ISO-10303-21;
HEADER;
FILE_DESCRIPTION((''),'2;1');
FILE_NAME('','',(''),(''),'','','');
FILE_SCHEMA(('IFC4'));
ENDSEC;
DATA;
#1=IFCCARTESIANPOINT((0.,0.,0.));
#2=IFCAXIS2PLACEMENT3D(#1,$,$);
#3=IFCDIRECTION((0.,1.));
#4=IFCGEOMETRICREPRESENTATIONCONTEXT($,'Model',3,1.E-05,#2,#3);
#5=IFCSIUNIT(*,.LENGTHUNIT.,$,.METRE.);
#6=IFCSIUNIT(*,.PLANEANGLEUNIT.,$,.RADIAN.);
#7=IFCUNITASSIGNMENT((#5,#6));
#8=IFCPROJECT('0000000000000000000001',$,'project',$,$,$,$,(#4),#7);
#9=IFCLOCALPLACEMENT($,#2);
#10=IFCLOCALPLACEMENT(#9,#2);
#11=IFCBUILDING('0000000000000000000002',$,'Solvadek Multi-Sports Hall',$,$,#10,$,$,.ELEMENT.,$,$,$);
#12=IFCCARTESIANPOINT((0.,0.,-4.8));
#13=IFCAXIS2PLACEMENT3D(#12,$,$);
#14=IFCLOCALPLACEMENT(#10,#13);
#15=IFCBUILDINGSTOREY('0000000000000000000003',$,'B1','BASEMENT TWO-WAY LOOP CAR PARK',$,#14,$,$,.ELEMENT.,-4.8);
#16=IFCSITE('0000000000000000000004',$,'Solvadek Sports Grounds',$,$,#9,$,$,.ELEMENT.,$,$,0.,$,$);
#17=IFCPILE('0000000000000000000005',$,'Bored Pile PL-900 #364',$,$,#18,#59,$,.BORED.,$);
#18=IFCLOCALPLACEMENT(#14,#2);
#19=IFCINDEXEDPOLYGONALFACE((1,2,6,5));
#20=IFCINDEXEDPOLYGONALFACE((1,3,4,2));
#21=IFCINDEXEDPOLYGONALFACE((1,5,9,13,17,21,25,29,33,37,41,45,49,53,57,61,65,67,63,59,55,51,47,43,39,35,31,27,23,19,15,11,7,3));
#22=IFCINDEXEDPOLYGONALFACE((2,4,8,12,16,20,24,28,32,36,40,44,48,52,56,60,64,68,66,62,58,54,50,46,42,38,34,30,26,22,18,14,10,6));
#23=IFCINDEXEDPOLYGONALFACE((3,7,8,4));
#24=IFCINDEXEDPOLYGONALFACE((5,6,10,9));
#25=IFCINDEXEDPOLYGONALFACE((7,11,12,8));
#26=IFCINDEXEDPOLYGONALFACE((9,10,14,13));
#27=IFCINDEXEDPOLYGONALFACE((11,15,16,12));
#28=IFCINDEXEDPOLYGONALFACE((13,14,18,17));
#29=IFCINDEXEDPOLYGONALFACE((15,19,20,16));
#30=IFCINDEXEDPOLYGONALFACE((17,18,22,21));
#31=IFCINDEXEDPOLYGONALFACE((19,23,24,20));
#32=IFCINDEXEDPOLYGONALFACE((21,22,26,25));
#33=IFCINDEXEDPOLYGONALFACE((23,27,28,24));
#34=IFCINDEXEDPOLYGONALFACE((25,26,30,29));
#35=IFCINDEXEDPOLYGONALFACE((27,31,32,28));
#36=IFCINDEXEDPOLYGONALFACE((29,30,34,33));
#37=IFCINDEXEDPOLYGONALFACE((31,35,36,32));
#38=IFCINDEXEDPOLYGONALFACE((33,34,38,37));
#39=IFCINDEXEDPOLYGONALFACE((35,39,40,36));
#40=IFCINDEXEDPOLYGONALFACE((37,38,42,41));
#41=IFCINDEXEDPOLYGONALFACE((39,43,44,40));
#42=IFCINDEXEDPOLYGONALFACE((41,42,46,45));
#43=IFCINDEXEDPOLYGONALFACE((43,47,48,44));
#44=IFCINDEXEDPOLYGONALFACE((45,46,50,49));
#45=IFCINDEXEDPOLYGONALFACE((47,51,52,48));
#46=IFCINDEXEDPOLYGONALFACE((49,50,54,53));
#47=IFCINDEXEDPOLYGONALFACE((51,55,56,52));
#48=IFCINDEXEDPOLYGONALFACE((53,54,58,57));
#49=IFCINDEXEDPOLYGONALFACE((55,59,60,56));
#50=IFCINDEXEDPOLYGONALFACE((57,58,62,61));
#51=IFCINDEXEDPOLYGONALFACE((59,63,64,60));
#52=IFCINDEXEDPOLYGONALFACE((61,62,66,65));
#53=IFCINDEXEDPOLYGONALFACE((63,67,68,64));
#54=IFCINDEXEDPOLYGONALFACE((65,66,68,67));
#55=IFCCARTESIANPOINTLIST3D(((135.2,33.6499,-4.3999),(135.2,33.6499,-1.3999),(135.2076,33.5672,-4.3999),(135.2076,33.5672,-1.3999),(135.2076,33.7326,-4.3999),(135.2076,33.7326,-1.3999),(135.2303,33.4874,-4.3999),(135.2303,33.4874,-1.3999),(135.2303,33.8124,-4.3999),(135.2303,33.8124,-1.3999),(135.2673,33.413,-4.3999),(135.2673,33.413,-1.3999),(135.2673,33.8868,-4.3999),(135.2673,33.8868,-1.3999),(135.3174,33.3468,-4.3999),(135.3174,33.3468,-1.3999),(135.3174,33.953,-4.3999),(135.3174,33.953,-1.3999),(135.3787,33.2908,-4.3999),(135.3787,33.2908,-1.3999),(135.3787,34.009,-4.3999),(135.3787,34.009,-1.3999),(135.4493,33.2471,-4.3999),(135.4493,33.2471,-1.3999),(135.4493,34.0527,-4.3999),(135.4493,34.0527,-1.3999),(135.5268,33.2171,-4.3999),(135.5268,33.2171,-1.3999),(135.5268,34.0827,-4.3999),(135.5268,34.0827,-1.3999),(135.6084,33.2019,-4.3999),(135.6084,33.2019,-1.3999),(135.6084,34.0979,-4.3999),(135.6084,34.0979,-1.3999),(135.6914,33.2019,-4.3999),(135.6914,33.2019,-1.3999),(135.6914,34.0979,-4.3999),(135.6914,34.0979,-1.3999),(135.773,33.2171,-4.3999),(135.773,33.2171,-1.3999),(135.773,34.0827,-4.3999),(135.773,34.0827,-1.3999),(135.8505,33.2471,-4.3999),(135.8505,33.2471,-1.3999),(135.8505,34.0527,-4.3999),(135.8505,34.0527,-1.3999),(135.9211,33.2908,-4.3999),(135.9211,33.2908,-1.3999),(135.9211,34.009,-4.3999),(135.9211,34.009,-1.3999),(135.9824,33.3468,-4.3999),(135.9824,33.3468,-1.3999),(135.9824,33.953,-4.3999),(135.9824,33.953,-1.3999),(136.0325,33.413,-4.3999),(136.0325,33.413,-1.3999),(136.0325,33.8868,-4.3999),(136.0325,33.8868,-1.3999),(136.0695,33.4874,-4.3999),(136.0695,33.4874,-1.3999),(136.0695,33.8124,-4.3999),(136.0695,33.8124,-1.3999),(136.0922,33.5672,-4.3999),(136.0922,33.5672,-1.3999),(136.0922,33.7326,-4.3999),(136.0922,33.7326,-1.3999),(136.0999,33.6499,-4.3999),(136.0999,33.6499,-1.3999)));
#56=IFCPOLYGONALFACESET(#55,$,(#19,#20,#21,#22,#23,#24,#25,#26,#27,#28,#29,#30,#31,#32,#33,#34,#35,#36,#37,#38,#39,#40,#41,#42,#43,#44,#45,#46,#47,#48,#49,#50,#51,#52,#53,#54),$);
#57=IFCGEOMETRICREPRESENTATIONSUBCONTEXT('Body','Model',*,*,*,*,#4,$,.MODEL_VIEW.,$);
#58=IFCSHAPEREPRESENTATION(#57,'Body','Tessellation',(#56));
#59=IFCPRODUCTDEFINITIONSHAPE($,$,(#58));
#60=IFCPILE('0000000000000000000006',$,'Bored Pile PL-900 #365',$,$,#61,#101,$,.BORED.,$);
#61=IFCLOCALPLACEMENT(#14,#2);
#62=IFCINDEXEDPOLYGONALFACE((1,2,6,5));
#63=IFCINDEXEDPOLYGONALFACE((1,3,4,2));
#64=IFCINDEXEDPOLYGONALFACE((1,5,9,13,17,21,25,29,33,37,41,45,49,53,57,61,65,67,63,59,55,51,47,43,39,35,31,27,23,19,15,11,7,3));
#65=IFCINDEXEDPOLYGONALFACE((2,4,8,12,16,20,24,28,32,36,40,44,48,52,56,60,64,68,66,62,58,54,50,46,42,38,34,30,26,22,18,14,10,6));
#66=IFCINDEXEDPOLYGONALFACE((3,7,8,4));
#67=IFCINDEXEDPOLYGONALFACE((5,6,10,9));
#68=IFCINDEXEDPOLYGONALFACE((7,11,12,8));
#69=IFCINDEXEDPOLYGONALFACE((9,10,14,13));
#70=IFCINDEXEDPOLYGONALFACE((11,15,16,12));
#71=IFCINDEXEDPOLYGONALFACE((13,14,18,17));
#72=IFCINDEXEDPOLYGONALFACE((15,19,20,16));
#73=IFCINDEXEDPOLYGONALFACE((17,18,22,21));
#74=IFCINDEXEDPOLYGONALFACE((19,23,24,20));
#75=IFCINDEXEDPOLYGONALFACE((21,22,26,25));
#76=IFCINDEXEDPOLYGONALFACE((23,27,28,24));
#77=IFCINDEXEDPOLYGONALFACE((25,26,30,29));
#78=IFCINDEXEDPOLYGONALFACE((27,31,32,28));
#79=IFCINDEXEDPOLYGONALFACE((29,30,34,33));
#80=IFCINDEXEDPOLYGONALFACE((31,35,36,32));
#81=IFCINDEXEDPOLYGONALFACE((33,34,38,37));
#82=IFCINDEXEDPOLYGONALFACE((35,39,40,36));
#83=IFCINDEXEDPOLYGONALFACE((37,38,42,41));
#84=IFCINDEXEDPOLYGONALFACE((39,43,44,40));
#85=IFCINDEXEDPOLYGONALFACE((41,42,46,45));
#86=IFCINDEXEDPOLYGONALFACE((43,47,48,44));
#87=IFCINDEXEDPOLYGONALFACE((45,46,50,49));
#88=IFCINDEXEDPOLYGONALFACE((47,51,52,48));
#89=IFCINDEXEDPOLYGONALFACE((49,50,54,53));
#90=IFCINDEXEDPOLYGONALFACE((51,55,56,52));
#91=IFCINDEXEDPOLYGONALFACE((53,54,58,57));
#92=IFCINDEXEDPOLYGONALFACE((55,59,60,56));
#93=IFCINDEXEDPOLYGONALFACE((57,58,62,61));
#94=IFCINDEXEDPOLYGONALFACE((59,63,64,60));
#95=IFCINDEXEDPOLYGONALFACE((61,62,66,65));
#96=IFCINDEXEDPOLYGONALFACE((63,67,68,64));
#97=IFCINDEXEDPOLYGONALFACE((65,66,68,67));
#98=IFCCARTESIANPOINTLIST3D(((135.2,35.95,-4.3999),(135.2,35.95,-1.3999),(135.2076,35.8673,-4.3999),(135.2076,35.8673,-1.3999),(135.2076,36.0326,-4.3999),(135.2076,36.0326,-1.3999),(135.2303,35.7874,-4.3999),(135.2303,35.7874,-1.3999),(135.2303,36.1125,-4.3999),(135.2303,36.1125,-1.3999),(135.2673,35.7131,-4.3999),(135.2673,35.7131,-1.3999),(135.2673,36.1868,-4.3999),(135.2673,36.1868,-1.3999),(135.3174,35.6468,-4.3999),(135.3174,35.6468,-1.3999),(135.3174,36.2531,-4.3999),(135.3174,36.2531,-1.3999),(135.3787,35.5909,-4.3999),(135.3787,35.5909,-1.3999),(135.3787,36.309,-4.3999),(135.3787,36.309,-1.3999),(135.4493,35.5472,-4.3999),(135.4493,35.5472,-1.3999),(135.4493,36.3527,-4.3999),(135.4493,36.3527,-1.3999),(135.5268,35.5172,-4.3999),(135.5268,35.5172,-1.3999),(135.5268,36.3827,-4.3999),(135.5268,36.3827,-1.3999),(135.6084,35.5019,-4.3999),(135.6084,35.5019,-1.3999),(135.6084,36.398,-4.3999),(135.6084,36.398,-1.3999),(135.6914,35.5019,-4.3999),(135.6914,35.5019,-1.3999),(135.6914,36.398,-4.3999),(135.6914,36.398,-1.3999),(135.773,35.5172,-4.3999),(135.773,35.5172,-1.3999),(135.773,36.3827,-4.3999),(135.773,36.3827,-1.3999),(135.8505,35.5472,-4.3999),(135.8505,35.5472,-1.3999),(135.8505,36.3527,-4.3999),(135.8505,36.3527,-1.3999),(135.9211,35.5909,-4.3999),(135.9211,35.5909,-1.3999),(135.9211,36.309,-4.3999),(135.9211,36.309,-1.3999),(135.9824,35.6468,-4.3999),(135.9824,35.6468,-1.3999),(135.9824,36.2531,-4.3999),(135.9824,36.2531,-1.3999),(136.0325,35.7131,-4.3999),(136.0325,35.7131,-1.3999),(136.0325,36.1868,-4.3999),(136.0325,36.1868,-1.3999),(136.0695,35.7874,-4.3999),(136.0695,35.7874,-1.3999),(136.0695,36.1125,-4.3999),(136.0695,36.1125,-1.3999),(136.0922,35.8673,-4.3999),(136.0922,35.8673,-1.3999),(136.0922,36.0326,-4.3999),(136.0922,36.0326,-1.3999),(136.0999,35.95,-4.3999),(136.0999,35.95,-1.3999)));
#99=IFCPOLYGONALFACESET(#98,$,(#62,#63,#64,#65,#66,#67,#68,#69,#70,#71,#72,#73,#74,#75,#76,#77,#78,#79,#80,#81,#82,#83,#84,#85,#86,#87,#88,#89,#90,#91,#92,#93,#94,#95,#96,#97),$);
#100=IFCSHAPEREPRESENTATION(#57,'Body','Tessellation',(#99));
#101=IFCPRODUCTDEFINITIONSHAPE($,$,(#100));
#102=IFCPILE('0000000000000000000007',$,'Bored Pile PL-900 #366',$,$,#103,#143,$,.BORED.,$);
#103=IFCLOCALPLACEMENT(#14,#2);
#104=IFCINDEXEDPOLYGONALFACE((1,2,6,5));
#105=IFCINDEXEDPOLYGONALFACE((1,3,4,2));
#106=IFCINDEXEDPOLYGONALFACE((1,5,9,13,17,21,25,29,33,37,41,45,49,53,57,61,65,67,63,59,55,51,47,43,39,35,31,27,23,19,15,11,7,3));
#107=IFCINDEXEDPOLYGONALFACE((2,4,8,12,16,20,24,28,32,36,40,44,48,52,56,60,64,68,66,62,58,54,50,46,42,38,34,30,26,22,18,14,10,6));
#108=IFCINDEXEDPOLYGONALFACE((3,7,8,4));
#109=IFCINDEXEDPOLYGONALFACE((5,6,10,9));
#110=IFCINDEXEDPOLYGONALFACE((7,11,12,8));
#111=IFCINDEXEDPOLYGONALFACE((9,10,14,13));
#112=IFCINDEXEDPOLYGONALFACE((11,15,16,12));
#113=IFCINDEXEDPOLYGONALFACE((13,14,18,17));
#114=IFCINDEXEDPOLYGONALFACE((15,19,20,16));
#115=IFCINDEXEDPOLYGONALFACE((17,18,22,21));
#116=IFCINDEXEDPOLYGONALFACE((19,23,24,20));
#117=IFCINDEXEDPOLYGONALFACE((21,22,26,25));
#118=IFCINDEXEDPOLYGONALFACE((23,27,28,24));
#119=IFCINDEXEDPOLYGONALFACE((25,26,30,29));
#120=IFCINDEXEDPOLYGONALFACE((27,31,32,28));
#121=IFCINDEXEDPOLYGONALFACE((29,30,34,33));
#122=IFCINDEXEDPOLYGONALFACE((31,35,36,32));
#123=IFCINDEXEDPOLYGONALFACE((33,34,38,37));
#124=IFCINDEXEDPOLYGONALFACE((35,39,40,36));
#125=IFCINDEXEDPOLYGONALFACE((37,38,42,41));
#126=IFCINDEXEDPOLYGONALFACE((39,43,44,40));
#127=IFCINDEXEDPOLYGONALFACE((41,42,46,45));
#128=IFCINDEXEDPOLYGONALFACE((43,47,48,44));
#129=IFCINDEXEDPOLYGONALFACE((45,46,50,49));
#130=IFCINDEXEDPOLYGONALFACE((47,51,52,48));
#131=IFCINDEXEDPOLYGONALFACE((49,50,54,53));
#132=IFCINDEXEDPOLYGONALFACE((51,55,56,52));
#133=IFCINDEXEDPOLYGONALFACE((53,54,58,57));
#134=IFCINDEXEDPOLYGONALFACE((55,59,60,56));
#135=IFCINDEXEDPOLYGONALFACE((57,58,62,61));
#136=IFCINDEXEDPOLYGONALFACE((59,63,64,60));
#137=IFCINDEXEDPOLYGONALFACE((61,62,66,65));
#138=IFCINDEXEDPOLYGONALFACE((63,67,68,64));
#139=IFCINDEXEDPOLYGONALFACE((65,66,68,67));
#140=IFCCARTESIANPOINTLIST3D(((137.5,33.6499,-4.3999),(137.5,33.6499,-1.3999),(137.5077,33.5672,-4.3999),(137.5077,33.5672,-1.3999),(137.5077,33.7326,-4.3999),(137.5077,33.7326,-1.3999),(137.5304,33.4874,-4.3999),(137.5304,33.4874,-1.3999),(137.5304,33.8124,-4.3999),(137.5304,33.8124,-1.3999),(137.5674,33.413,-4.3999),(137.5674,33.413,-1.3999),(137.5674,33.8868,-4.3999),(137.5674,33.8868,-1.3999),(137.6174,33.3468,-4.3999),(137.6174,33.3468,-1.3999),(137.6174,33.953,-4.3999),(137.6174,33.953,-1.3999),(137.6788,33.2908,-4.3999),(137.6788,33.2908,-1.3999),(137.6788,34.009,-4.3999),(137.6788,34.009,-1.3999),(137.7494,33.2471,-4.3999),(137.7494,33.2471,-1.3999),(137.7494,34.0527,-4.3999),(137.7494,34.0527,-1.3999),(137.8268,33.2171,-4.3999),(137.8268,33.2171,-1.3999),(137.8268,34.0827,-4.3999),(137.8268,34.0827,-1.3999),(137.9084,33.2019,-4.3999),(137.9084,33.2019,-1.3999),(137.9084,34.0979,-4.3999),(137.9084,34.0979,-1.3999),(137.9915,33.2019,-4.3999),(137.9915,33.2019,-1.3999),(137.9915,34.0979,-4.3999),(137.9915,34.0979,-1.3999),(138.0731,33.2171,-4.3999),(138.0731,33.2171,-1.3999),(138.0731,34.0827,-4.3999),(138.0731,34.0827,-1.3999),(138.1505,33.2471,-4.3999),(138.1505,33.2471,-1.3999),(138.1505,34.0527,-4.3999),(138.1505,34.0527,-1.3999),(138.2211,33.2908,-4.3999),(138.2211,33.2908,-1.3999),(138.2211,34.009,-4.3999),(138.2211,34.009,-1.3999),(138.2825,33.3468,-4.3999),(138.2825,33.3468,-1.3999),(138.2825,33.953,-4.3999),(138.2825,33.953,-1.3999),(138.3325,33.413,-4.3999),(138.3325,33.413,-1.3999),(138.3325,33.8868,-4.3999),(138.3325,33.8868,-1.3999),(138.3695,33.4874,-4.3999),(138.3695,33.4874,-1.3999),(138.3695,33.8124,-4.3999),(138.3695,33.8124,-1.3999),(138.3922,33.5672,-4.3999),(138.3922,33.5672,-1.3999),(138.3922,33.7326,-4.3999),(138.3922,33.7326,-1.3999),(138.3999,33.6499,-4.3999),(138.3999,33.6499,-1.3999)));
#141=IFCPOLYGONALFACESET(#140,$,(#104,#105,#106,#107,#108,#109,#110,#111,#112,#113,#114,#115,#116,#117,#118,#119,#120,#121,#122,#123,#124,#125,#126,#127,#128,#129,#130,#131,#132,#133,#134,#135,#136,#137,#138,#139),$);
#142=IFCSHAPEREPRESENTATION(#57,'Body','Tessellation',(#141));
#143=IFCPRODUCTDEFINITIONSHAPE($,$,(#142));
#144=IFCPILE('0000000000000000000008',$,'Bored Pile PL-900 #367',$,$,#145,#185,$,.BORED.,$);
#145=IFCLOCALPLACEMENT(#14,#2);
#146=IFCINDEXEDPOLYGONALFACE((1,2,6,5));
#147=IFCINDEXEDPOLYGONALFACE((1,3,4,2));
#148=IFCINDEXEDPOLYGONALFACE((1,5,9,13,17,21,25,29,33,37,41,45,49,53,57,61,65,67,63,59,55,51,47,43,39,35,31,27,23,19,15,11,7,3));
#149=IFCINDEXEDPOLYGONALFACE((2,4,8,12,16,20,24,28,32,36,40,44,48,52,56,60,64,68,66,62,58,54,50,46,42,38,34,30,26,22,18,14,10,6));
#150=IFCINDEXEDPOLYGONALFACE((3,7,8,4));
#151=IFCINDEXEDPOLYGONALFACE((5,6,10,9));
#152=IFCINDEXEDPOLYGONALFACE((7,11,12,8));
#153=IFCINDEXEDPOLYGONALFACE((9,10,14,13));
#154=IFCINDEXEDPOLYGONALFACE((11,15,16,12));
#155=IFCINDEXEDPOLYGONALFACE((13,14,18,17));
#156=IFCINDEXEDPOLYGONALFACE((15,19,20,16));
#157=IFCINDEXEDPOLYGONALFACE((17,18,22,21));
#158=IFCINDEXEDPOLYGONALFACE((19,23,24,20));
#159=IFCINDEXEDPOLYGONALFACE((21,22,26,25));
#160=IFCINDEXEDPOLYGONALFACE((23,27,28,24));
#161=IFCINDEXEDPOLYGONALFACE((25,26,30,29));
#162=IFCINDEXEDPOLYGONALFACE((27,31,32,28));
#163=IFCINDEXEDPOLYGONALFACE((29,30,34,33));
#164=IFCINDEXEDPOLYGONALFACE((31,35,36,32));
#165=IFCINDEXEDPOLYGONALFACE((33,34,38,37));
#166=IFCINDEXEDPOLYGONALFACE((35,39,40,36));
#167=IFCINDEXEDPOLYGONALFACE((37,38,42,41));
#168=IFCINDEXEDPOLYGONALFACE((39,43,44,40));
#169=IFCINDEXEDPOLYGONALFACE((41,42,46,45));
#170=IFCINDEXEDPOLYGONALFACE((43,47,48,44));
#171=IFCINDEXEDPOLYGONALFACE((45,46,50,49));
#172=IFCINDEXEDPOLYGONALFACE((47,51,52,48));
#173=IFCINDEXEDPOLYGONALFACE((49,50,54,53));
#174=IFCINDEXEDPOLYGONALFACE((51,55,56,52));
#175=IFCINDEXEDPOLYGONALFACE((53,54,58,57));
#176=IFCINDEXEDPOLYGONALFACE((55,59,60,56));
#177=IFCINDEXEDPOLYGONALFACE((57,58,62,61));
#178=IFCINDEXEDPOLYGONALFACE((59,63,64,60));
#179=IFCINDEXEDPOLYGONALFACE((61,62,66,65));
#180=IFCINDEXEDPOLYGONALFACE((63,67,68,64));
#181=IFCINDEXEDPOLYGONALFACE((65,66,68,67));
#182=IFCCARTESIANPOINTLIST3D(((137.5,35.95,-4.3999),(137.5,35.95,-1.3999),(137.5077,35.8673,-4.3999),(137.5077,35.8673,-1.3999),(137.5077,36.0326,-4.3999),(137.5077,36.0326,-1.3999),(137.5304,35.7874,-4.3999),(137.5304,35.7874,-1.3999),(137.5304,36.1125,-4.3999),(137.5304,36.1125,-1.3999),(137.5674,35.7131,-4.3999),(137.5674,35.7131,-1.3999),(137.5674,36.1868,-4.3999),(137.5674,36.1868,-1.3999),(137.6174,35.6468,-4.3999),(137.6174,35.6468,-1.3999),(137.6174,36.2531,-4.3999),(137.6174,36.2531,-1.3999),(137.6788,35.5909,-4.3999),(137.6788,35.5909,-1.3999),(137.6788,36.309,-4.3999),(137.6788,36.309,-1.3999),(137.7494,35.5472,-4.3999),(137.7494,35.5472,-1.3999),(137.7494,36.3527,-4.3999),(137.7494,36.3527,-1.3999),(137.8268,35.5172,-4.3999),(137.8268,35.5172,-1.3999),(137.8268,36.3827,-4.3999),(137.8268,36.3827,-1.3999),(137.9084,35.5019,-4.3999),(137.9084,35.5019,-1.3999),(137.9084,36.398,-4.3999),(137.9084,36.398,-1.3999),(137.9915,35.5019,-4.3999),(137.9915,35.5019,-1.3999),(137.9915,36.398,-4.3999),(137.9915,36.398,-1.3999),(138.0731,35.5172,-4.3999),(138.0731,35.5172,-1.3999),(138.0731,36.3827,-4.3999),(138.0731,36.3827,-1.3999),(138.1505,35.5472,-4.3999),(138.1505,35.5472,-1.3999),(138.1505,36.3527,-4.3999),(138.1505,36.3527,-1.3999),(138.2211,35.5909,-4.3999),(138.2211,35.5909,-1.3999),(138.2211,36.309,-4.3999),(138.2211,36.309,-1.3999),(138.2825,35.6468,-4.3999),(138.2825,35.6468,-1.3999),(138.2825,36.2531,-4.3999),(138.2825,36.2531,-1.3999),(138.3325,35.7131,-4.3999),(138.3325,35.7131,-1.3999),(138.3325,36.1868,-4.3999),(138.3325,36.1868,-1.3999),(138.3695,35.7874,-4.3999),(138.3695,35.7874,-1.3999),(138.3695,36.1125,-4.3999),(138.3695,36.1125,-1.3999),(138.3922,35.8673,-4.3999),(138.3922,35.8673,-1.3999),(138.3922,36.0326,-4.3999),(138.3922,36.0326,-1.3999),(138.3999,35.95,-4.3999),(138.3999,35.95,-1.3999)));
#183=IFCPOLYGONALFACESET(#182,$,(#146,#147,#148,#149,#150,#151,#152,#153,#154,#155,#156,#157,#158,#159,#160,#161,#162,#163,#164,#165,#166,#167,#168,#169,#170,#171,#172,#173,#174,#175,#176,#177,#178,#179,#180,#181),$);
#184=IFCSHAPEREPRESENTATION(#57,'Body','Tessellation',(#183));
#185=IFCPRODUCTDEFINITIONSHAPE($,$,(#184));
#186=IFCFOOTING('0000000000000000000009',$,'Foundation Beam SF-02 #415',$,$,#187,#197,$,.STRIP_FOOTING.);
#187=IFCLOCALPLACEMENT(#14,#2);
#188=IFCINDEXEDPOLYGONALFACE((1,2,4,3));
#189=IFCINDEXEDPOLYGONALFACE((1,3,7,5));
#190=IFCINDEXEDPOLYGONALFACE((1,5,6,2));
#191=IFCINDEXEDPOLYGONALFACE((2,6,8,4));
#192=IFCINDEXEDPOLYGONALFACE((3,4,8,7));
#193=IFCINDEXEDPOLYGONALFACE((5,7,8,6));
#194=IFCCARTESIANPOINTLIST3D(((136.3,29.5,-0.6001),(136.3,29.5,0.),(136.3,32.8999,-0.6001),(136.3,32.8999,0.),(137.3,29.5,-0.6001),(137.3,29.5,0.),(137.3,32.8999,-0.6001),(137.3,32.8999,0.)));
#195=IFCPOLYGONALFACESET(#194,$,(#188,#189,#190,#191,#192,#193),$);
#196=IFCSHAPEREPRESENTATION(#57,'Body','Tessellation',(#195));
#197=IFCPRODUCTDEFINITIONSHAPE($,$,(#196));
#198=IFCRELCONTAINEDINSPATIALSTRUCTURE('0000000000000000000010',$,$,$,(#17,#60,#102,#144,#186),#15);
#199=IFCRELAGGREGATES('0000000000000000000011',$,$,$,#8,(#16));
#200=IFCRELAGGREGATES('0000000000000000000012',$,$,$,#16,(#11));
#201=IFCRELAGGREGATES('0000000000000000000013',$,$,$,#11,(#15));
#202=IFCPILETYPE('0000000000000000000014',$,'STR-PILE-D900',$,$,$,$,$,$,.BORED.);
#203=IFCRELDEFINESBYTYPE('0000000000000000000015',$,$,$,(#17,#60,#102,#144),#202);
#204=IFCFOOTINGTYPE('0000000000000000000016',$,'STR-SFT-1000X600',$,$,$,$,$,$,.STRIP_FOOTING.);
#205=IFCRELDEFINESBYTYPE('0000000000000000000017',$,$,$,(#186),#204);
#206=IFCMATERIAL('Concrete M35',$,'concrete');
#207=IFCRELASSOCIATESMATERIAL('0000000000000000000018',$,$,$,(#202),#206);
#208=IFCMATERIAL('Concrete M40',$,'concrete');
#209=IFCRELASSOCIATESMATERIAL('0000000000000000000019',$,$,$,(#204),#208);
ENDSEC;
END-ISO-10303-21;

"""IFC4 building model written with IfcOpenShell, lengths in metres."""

from ifc_helpers import new_model, si_unit, direction, frame, origin, origin_2d, place, context, subcontext, project, spatial, rectangle, circle, extrude, material, material_profile, profile_set, type_object, element, save


model = new_model("IFC4")

# Units and contexts
model_context = context("Model", 3, precision=1e-05, world=origin(), true_north=direction((0.0, 1.0)))
body_context = subcontext(model_context, "Body", "Model", "MODEL_VIEW")
ifc_project = project(units=[si_unit("LENGTHUNIT", "METRE"), si_unit("PLANEANGLEUNIT", "RADIAN")], contexts=[model_context])

# Site, building, storey
site_placement = place(None, origin())
site = spatial("IfcSite", under=ifc_project, at=site_placement, Name="Solvadek Sports Grounds", CompositionType="ELEMENT", RefElevation=0.0)
building_placement = place(site_placement, origin())
building = spatial("IfcBuilding", under=site, at=building_placement, Name="Solvadek Multi-Sports Hall", CompositionType="ELEMENT")
storey_placement = place(building_placement, frame((0.0, 0.0, -4.8)))
storey = spatial("IfcBuildingStorey", under=building, at=storey_placement, Name="B1", Description="BASEMENT TWO-WAY LOOP CAR PARK", CompositionType="ELEMENT", Elevation=-4.8)

# Shared definitions
ifc_material_1 = material(Name="Concrete M40", Category="concrete")

# Piles
ifc_material_2 = material(Name="Concrete M35", Category="concrete")
ifc_material_profile_1 = material_profile(ifc_material_2, circle(Radius=0.45, at=origin_2d()), Name="BORED PILE D900")
ifc_profile_set_1 = profile_set([ifc_material_profile_1], Name="Concrete M35")
pile_type_1 = type_object("IfcPileType", Name="STR-PILE-D900", PredefinedType="BORED", material=ifc_profile_set_1)
for number, where, z_axis, x_axis, name in (
    (1, (135.6499, 33.6499, -1.3999), (0.0, 0.0, -1.0), (1.0, 0.0, 0.0), "Bored Pile PL-900 #364"),
    (2, (135.6499, 35.95, -1.3999), (0.0, 0.0, -1.0), (1.0, 0.0, 0.0), "Bored Pile PL-900 #365"),
    (3, (137.95, 33.6499, -1.3999), (0.0, 0.0, -1.0), (1.0, 0.0, 0.0), "Bored Pile PL-900 #366"),
    (4, (137.95, 35.95, -1.3999), (0.0, 0.0, -1.0), (1.0, 0.0, 0.0), "Bored Pile PL-900 #367"),
):
    element("IfcPile", number, at=place(storey_placement, frame(where, z_axis=z_axis, x_axis=x_axis)), inside=storey, type_object=pile_type_1, Name=name, PredefinedType="BORED", context=body_context, shape_type="SweptSolid", body=[
        extrude(circle(Radius=0.45, at=origin_2d()), origin(), (0.0, 0.0, 1.0), 3.0),
    ])

# Footing
footing_type_1 = type_object("IfcFootingType", Name="STR-SFT-1000X600", PredefinedType="STRIP_FOOTING", material=ifc_material_1)
footing_1_placement = place(storey_placement, frame((136.8, 31.2, -0.6001), z_axis=(0.0, 0.0, 1.0), x_axis=(0.0, 1.0, 0.0)))
element("IfcFooting", 5, at=footing_1_placement, inside=storey, type_object=footing_type_1, Name="Foundation Beam SF-02 #415", PredefinedType="STRIP_FOOTING", context=body_context, shape_type="SweptSolid", body=[
    extrude(rectangle(XDim=3.3999, YDim=1.0, at=origin_2d()), origin(), (0.0, 0.0, 1.0), 0.6001),
])

save(model, "model.ifc")
